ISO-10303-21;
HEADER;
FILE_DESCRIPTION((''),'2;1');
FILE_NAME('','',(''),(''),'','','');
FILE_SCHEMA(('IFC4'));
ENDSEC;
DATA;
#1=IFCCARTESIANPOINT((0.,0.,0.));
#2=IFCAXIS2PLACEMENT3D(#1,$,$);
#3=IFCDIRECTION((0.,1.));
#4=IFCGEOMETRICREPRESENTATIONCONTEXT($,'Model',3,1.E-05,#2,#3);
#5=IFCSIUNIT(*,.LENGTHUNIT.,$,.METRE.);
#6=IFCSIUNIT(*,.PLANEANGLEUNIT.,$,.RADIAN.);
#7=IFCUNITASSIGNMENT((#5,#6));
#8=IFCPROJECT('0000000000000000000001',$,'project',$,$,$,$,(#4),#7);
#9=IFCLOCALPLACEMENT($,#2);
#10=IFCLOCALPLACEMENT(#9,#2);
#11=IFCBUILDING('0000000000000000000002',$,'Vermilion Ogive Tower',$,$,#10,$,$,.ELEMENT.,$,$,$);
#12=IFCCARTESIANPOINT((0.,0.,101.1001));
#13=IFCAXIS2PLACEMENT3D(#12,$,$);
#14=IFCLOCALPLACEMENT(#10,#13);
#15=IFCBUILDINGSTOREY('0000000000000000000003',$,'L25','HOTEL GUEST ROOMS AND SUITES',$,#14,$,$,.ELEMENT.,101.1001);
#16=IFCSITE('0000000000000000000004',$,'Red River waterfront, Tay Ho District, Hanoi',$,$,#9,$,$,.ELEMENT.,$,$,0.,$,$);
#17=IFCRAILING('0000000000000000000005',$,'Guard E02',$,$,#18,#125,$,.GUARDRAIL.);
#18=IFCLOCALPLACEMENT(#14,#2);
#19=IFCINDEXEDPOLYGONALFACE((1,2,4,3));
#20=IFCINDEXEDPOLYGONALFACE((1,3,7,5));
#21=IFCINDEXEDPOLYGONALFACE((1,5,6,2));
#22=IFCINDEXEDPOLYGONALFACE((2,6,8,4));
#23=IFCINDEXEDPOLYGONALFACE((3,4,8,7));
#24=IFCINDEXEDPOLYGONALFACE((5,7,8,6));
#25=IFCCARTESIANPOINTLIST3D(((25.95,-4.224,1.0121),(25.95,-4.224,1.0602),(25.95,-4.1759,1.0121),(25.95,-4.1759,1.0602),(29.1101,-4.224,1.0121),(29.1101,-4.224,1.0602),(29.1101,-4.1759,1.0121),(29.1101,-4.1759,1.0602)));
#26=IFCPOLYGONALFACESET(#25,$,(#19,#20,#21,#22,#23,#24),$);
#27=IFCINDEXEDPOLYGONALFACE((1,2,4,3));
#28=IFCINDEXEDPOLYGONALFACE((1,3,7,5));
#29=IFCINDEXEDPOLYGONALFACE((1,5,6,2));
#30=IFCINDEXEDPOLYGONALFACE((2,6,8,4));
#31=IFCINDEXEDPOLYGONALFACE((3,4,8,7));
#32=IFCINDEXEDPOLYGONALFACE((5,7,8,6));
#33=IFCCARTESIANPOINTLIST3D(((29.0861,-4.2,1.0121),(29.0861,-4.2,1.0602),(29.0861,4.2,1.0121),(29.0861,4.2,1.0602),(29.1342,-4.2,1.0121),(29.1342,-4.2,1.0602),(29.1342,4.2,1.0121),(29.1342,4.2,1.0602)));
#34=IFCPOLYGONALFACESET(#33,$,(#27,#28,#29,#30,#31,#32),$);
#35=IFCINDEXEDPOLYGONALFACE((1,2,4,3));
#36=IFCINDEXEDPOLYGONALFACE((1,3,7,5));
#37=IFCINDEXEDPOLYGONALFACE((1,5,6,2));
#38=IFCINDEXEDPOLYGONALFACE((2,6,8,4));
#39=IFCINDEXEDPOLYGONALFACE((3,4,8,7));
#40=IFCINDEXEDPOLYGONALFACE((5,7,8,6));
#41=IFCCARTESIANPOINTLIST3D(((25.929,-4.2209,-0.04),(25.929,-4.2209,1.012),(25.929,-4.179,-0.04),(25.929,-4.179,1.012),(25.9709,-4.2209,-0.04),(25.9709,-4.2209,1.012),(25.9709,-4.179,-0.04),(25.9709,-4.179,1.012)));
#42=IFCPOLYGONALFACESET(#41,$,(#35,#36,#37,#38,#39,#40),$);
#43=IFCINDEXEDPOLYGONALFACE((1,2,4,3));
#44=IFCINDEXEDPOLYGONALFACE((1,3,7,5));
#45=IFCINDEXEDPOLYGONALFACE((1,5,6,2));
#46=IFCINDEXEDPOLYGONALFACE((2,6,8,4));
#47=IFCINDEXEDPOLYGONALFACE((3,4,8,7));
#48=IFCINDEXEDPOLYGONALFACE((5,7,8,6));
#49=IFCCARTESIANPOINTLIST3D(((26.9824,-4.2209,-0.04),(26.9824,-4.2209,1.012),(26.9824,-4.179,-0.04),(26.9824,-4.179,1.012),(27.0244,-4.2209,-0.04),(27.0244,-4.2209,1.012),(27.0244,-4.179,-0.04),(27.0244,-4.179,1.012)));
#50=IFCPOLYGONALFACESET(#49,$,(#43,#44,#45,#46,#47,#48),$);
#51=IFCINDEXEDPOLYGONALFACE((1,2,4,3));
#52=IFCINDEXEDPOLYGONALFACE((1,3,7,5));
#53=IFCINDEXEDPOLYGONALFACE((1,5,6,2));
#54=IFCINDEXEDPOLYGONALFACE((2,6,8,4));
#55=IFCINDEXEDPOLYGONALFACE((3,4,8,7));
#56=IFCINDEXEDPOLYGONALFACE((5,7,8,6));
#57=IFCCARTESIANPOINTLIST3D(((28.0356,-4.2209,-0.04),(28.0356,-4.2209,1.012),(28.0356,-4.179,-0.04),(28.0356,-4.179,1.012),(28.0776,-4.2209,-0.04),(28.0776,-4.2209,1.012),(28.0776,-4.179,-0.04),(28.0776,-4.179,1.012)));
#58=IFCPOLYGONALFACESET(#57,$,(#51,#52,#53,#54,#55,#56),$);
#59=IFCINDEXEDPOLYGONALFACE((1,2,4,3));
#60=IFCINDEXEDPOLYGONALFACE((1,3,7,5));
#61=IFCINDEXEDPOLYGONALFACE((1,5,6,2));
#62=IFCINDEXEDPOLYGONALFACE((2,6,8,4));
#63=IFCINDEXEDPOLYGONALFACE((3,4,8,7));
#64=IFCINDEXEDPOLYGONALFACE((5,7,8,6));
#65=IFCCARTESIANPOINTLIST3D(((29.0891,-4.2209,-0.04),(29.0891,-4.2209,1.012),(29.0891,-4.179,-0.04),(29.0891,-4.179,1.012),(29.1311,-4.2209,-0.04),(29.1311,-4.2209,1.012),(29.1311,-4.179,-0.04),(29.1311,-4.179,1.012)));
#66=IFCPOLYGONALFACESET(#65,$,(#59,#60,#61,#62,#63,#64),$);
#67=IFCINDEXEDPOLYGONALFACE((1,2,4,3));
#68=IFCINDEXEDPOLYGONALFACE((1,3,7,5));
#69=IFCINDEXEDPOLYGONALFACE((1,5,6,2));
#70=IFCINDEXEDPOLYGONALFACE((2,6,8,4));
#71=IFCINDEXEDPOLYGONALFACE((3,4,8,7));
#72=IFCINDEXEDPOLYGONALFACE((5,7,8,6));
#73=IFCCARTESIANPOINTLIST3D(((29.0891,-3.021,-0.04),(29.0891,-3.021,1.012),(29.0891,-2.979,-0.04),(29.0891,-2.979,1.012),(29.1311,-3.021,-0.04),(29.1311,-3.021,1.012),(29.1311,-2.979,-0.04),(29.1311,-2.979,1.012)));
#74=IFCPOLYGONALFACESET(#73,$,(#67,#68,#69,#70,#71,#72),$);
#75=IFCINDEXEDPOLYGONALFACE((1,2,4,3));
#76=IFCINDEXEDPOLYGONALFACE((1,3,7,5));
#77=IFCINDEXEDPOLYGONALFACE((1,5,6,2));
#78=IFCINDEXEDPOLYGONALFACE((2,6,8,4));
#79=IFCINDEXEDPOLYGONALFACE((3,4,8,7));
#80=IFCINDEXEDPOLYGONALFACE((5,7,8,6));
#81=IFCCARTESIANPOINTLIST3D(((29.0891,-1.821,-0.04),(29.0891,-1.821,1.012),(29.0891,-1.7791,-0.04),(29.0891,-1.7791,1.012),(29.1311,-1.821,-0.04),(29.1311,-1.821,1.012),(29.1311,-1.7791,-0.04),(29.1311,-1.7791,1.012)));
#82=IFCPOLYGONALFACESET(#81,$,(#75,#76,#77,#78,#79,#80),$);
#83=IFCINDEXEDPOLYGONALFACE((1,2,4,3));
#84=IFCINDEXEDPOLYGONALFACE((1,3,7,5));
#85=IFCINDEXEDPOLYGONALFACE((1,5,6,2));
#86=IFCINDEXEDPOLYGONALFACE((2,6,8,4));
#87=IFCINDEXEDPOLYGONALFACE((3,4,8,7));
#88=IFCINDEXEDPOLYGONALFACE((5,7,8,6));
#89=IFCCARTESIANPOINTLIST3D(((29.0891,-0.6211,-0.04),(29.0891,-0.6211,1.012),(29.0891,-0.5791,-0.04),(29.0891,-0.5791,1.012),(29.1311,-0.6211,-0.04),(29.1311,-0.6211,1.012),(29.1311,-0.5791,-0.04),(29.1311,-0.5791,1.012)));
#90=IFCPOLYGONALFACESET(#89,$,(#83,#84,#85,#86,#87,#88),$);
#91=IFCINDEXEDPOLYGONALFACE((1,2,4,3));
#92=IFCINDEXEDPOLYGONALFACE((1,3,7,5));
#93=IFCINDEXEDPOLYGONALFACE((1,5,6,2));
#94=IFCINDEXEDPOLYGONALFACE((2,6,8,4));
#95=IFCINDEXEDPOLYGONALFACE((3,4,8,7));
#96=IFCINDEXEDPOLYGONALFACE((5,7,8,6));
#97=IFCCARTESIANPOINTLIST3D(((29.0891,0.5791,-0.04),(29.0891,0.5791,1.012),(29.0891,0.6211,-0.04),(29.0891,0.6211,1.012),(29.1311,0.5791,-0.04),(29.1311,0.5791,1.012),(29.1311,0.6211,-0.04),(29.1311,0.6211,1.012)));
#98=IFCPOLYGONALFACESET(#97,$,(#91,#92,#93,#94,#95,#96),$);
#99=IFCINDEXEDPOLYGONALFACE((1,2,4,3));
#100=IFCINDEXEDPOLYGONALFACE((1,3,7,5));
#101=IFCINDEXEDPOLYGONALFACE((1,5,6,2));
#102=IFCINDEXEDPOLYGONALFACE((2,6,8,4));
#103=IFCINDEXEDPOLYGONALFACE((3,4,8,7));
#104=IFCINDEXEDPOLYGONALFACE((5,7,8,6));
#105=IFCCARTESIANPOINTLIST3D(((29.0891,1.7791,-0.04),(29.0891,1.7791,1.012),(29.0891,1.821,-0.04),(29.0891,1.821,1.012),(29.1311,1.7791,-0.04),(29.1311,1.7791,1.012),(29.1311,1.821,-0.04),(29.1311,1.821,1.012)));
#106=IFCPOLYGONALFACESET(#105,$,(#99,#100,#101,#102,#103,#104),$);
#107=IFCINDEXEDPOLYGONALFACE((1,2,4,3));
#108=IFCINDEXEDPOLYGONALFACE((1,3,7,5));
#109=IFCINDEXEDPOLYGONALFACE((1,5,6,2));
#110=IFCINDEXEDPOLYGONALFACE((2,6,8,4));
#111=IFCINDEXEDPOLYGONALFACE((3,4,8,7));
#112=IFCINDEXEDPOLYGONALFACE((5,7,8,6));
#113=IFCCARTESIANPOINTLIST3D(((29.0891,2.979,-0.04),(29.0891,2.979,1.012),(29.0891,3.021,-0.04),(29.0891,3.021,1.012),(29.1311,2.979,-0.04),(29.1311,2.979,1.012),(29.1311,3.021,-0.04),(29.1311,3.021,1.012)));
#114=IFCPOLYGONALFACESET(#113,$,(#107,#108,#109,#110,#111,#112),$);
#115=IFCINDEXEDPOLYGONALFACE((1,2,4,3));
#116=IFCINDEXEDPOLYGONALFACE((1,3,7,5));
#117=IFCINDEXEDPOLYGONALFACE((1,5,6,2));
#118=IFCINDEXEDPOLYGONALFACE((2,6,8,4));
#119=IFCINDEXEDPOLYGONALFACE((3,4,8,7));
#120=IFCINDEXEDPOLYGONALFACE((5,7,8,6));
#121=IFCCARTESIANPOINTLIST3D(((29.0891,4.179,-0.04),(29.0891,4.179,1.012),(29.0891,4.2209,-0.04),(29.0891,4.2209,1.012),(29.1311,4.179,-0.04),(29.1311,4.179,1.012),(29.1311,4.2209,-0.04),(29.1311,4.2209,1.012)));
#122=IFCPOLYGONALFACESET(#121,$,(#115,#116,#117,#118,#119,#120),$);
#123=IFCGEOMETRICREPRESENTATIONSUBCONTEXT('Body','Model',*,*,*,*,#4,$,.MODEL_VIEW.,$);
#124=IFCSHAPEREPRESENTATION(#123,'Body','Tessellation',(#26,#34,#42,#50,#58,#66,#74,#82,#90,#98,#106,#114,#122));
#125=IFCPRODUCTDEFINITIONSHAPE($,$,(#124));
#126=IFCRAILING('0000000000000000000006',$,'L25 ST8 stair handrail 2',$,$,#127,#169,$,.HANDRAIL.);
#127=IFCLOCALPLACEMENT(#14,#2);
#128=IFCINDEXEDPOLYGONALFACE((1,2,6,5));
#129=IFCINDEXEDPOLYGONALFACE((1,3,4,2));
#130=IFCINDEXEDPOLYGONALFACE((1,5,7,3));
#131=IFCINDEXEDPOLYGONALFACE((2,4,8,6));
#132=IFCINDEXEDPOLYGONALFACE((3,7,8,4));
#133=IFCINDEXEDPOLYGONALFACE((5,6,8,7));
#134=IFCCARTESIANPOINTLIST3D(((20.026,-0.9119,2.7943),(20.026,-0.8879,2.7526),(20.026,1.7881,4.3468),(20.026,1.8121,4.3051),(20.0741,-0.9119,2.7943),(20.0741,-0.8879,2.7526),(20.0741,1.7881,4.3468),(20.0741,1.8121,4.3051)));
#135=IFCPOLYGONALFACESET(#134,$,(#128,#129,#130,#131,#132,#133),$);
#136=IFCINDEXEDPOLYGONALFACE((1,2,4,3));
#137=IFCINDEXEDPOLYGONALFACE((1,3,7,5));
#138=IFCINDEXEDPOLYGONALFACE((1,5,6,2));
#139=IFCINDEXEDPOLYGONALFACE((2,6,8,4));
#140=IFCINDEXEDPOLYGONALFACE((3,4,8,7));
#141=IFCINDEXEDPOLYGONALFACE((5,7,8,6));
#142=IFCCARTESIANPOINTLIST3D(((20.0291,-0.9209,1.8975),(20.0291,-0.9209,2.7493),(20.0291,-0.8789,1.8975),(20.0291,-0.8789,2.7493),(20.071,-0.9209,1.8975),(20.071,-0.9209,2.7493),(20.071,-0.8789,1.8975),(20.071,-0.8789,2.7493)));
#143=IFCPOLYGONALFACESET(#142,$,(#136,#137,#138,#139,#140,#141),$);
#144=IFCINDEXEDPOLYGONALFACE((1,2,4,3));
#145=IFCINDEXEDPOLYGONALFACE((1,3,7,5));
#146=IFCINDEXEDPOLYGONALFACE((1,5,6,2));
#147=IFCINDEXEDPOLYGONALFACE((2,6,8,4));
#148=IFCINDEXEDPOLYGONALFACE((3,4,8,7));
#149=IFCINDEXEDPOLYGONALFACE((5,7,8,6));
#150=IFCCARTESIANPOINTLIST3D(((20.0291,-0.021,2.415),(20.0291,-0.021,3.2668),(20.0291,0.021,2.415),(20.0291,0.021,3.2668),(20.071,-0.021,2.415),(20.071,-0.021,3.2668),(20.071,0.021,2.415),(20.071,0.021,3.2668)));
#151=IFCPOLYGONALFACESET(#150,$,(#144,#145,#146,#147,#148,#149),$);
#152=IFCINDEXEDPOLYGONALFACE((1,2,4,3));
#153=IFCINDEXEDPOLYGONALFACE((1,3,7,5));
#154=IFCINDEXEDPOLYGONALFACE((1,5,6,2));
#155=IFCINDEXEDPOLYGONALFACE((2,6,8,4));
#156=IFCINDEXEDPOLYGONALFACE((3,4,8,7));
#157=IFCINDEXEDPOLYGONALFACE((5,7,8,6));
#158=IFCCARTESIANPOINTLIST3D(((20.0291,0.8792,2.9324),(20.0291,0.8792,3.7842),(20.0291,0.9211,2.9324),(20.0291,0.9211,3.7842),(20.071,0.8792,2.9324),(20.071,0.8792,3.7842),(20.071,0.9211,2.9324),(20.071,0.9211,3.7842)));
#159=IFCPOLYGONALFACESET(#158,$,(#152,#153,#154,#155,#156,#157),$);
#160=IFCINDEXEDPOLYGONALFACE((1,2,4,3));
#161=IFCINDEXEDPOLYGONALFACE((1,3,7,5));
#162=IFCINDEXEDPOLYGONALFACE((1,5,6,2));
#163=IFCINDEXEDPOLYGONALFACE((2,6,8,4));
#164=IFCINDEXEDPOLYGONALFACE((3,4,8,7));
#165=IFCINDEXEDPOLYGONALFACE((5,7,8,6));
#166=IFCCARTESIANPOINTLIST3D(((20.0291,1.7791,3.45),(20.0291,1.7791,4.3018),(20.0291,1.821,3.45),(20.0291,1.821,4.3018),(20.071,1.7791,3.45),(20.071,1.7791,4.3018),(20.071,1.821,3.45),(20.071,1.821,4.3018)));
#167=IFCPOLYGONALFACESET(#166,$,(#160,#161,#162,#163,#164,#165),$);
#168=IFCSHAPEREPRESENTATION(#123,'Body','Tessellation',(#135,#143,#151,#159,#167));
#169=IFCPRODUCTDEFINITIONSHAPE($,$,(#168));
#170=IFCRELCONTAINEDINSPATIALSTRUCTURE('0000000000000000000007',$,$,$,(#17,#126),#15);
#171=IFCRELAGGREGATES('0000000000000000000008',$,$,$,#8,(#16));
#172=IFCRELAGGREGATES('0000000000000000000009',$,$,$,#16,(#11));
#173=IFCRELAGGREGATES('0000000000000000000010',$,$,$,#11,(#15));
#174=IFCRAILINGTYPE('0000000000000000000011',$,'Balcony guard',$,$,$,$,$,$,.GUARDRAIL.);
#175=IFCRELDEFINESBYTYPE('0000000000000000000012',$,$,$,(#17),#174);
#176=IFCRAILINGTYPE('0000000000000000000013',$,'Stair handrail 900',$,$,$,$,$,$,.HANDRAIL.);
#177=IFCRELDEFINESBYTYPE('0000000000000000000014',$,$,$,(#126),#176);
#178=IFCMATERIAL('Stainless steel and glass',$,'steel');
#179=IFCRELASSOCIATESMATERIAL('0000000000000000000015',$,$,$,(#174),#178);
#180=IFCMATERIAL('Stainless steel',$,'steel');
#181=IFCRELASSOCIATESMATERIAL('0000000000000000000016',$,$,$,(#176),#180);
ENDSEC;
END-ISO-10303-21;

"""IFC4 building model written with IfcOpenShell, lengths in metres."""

from ifc_helpers import new_model, si_unit, direction, frame, origin, origin_2d, place, context, subcontext, project, spatial, rectangle, extrude, material, type_object, element, save


model = new_model("IFC4")

# Units and contexts
model_context = context("Model", 3, precision=1e-05, world=origin(), true_north=direction((0.0, 1.0)))
body_context = subcontext(model_context, "Body", "Model", "MODEL_VIEW")
ifc_project = project(units=[si_unit("LENGTHUNIT", "METRE"), si_unit("PLANEANGLEUNIT", "RADIAN")], contexts=[model_context])

# Site, building, storey
site_placement = place(None, origin())
site = spatial("IfcSite", under=ifc_project, at=site_placement, Name="Red River waterfront, Tay Ho District, Hanoi", CompositionType="ELEMENT", RefElevation=0.0)
building_placement = place(site_placement, origin())
building = spatial("IfcBuilding", under=site, at=building_placement, Name="Vermilion Ogive Tower", CompositionType="ELEMENT")
storey_placement = place(building_placement, frame((0.0, 0.0, 101.1001)))
storey = spatial("IfcBuildingStorey", under=building, at=storey_placement, Name="L25", Description="HOTEL GUEST ROOMS AND SUITES", CompositionType="ELEMENT", Elevation=101.1001)

# Railings
ifc_material_1 = material(Name="Stainless steel and glass", Category="steel")
railing_type_1 = type_object("IfcRailingType", Name="Balcony guard", PredefinedType="GUARDRAIL", material=ifc_material_1)
railing_1_placement = place(storey_placement, frame((25.95, -4.2, -0.04)))
element("IfcRailing", 1, at=railing_1_placement, inside=storey, type_object=railing_type_1, Name="Guard E02", PredefinedType="GUARDRAIL", context=body_context, shape_type="SweptSolid", body=[
    extrude(rectangle(XDim=0.0481, YDim=0.0481, at=origin_2d()), frame((0.0, 0.0, 1.0762), z_axis=(1.0, 0.0, 0.0), x_axis=(0.0, 1.0, 0.0)), (0.0, 0.0, 1.0), 3.1602),
    extrude(rectangle(XDim=0.0481, YDim=0.0481, at=origin_2d()), frame((3.1602, 0.0, 1.0762), z_axis=(0.0, 1.0, 0.0), x_axis=(-1.0, 0.0, 0.0)), (0.0, 0.0, 1.0), 8.3999),
    extrude(rectangle(XDim=0.042, YDim=0.042, at=origin_2d()), origin(), (0.0, 0.0, 1.0), 1.052),
    extrude(rectangle(XDim=0.042, YDim=0.042, at=origin_2d()), frame((1.0535, 0.0, 0.0)), (0.0, 0.0, 1.0), 1.052),
    extrude(rectangle(XDim=0.042, YDim=0.042, at=origin_2d()), frame((2.1067, 0.0, 0.0)), (0.0, 0.0, 1.0), 1.052),
    extrude(rectangle(XDim=0.042, YDim=0.042, at=origin_2d()), frame((3.1602, 0.0, 0.0)), (0.0, 0.0, 1.0), 1.052),
    extrude(rectangle(XDim=0.042, YDim=0.042, at=origin_2d()), frame((3.1602, 1.2, 0.0)), (0.0, 0.0, 1.0), 1.052),
    extrude(rectangle(XDim=0.042, YDim=0.042, at=origin_2d()), frame((3.1602, 2.3999, 0.0)), (0.0, 0.0, 1.0), 1.052),
    extrude(rectangle(XDim=0.042, YDim=0.042, at=origin_2d()), frame((3.1602, 3.5999, 0.0)), (0.0, 0.0, 1.0), 1.052),
    extrude(rectangle(XDim=0.042, YDim=0.042, at=origin_2d()), frame((3.1602, 4.8, 0.0)), (0.0, 0.0, 1.0), 1.052),
    extrude(rectangle(XDim=0.042, YDim=0.042, at=origin_2d()), frame((3.1602, 6.0, 0.0)), (0.0, 0.0, 1.0), 1.052),
    extrude(rectangle(XDim=0.042, YDim=0.042, at=origin_2d()), frame((3.1602, 7.2, 0.0)), (0.0, 0.0, 1.0), 1.052),
    extrude(rectangle(XDim=0.042, YDim=0.042, at=origin_2d()), frame((3.1602, 8.3999, 0.0)), (0.0, 0.0, 1.0), 1.052),
])
ifc_material_2 = material(Name="Stainless steel", Category="steel")
railing_type_2 = type_object("IfcRailingType", Name="Stair handrail 900", PredefinedType="HANDRAIL", material=ifc_material_2)
railing_2_placement = place(storey_placement, frame((20.05, -0.8999, 1.8975)))
element("IfcRailing", 2, at=railing_2_placement, inside=storey, type_object=railing_type_2, Name="L25 ST8 stair handrail 2", PredefinedType="HANDRAIL", context=body_context, shape_type="SweptSolid", body=[
    extrude(rectangle(XDim=0.0481, YDim=0.0481, at=origin_2d()), frame((0.0, 0.0, 0.876), z_axis=(0.0, 0.866904, 0.498476), x_axis=(-1.0, 0.0, 0.0)), (0.0, 0.0, 1.0), 3.1145),
    extrude(rectangle(XDim=0.042, YDim=0.042, at=origin_2d()), origin(), (0.0, 0.0, 1.0), 0.8518),
    extrude(rectangle(XDim=0.042, YDim=0.042, at=origin_2d()), frame((0.0, 0.8999, 0.5176)), (0.0, 0.0, 1.0), 0.8518),
    extrude(rectangle(XDim=0.042, YDim=0.042, at=origin_2d()), frame((0.0, 1.8, 1.0349)), (0.0, 0.0, 1.0), 0.8518),
    extrude(rectangle(XDim=0.042, YDim=0.042, at=origin_2d()), frame((0.0, 2.7, 1.5525)), (0.0, 0.0, 1.0), 0.8518),
])

save(model, "model.ifc")
